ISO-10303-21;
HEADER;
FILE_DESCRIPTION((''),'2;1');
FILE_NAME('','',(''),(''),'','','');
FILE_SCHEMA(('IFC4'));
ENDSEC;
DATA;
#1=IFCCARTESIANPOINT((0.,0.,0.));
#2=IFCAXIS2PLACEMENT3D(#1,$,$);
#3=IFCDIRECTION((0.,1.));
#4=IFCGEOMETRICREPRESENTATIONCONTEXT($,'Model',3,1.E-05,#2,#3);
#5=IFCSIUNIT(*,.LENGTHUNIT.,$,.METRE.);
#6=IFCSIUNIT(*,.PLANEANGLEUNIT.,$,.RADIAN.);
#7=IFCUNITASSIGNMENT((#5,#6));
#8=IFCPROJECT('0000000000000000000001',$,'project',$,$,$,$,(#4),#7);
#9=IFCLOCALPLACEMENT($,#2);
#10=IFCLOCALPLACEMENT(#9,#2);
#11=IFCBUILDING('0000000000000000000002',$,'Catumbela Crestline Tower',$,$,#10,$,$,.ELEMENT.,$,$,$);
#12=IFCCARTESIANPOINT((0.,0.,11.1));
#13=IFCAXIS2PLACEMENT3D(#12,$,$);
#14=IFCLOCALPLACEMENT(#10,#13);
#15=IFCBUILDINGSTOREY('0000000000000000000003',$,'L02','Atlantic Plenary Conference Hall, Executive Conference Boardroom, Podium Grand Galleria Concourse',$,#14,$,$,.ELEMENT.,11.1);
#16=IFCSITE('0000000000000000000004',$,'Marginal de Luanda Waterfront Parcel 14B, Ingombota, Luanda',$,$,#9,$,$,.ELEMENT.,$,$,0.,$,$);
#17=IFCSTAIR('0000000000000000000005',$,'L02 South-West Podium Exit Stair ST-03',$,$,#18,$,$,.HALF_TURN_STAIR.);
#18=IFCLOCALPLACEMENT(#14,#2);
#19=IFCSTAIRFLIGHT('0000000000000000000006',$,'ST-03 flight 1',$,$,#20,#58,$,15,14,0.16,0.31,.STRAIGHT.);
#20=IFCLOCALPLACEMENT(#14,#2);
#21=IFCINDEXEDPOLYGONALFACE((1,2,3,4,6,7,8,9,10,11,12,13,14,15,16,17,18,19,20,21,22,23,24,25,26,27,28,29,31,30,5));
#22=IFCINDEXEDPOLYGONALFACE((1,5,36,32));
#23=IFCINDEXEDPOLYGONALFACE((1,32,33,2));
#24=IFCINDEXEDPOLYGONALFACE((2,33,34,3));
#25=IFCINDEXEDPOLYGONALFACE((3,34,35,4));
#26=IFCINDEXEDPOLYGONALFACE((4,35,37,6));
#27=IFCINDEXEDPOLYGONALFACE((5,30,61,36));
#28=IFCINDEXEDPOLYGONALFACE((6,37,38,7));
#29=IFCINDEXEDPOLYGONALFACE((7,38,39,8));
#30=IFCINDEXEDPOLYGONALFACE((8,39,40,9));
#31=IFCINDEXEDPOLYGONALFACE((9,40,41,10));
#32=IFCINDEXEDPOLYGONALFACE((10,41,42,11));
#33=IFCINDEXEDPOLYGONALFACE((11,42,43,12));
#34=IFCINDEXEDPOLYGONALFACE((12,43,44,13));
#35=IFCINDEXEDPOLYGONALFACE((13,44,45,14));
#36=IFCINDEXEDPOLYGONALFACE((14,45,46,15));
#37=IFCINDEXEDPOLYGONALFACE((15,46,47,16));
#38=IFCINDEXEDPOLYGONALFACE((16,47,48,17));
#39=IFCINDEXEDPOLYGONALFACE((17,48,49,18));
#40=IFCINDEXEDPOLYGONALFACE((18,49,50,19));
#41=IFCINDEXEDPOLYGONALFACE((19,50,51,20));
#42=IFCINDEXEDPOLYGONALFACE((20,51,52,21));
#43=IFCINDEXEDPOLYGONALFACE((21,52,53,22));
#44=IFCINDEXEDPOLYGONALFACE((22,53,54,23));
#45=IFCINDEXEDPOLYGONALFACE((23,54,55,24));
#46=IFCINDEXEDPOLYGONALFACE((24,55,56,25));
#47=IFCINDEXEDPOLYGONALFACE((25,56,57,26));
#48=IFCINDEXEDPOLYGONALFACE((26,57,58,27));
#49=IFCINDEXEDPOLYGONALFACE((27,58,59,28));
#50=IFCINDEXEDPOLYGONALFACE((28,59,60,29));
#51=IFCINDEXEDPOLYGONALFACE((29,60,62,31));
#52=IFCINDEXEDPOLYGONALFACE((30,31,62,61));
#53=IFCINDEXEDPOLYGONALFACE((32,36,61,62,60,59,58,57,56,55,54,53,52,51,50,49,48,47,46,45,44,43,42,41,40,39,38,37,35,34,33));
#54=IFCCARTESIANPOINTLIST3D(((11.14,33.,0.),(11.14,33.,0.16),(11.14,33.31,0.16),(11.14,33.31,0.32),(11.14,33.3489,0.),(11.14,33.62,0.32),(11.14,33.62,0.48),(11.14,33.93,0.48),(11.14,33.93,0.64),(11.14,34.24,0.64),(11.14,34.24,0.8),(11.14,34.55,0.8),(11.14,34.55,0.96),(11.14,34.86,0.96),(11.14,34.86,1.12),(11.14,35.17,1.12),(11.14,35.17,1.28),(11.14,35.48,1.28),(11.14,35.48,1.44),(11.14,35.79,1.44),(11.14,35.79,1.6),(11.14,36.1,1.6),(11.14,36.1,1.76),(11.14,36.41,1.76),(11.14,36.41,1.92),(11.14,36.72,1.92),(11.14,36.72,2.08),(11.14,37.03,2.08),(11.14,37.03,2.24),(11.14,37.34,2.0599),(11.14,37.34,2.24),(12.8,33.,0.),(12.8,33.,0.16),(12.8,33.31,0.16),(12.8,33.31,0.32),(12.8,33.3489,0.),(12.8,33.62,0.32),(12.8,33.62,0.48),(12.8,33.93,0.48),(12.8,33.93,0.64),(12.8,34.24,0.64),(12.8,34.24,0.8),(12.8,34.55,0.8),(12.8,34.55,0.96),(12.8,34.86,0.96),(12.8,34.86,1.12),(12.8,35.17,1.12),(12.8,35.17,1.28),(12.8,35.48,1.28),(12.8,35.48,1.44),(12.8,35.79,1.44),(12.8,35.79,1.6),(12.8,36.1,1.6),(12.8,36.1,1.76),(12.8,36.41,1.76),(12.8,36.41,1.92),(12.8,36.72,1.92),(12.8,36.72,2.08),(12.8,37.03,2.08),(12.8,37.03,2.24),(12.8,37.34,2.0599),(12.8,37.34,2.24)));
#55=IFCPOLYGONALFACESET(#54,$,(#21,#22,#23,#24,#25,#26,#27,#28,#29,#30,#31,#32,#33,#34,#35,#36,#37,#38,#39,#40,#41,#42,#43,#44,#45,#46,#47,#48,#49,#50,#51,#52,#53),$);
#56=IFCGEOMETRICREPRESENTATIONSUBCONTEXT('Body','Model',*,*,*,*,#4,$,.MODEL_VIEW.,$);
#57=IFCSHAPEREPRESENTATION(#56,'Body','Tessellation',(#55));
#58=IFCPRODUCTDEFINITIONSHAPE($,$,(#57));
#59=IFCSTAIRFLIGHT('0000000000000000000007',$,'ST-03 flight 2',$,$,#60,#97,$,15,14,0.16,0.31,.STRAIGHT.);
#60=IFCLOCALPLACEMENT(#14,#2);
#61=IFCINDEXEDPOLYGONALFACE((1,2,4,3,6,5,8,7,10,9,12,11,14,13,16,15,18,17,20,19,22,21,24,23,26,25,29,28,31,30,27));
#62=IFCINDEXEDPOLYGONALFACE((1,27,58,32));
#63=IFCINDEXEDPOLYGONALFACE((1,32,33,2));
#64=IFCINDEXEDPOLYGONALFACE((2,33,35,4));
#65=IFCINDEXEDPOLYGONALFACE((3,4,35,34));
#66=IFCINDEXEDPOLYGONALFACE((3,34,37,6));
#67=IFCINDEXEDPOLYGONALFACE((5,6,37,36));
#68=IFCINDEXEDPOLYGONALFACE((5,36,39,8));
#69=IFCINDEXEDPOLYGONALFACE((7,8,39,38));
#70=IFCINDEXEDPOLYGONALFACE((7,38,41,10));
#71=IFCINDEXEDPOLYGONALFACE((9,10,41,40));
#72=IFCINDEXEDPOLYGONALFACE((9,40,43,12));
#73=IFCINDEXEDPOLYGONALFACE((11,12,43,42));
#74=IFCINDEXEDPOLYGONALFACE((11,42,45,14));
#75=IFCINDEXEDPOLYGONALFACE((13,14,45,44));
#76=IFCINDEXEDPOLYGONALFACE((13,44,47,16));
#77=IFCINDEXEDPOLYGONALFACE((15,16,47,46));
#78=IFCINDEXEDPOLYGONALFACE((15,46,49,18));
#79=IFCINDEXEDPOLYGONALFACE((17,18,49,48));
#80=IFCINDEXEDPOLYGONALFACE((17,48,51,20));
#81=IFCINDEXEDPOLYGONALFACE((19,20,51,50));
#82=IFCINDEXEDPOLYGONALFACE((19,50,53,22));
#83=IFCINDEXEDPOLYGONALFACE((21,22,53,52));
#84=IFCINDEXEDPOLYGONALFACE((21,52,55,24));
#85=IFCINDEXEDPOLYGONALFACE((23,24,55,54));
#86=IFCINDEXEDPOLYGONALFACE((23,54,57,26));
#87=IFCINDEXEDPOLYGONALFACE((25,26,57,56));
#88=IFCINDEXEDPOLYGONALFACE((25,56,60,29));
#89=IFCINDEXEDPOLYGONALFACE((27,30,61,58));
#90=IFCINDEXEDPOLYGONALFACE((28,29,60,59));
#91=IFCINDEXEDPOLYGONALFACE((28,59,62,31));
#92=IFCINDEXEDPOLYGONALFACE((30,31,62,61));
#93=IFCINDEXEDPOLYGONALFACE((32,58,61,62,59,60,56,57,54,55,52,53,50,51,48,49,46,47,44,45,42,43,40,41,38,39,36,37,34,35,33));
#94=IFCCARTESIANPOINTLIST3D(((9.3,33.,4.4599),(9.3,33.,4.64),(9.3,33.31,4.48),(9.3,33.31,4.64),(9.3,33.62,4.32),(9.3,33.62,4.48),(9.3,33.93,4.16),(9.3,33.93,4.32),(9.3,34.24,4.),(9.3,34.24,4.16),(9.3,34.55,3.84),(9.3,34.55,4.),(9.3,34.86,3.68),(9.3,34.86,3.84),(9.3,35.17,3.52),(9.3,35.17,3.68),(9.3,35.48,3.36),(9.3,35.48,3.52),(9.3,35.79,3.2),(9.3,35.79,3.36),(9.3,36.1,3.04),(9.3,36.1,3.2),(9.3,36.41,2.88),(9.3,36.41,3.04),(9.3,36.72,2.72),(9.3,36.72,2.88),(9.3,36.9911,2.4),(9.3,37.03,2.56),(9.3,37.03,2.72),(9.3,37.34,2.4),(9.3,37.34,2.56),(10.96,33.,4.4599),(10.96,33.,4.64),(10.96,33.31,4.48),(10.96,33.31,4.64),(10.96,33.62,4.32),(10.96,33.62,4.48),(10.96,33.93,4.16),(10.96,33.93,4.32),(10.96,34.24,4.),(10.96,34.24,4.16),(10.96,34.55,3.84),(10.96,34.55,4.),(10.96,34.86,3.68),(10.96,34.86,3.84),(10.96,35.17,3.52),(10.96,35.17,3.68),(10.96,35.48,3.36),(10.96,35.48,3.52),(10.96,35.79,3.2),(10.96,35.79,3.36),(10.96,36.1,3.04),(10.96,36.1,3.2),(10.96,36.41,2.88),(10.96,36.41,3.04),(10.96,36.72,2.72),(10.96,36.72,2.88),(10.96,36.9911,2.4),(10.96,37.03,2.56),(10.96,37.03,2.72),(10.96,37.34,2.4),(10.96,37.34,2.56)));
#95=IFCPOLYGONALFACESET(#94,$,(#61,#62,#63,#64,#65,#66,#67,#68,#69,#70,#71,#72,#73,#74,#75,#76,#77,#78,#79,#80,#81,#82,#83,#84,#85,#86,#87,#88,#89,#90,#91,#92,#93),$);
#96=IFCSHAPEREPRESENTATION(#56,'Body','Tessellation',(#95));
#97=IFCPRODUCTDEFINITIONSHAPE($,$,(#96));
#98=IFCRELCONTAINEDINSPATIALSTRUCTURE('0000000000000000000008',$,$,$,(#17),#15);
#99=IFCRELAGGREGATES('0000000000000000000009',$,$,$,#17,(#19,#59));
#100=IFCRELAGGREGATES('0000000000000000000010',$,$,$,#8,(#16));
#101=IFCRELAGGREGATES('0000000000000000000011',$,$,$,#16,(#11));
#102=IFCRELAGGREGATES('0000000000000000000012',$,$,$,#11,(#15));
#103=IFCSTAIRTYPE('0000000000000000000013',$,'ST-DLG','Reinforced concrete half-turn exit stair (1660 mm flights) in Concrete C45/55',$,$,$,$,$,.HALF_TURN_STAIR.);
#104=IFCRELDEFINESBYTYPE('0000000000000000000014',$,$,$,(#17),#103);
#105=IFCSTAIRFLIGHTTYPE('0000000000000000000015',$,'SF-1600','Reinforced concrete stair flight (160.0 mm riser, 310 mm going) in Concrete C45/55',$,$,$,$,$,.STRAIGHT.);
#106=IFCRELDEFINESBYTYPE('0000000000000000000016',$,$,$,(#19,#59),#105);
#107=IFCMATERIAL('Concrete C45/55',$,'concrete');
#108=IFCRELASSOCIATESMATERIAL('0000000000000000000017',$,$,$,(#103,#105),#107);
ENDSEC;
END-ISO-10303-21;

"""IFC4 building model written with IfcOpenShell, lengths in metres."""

from ifc_helpers import new_model, si_unit, direction, frame, origin, place, context, subcontext, project, spatial, polyline, outline, extrude, material, type_object, element, aggregate, save


model = new_model("IFC4")

# Units and contexts
model_context = context("Model", 3, precision=1e-05, world=origin(), true_north=direction((0.0, 1.0)))
body_context = subcontext(model_context, "Body", "Model", "MODEL_VIEW")
ifc_project = project(units=[si_unit("LENGTHUNIT", "METRE"), si_unit("PLANEANGLEUNIT", "RADIAN")], contexts=[model_context])

# Site, building, storey
site_placement = place(None, origin())
site = spatial("IfcSite", under=ifc_project, at=site_placement, Name="Marginal de Luanda Waterfront Parcel 14B, Ingombota, Luanda", CompositionType="ELEMENT", RefElevation=0.0)
building_placement = place(site_placement, origin())
building = spatial("IfcBuilding", under=site, at=building_placement, Name="Catumbela Crestline Tower", CompositionType="ELEMENT")
storey_placement = place(building_placement, frame((0.0, 0.0, 11.1)))
storey = spatial("IfcBuildingStorey", under=building, at=storey_placement, Name="L02", Description="Atlantic Plenary Conference Hall, Executive Conference Boardroom, Podium Grand Galleria Concourse", CompositionType="ELEMENT", Elevation=11.1)

# Shared definitions
ifc_material_1 = material(Name="Concrete C45/55", Category="concrete")
stair_type = type_object("IfcStairType", Name="ST-DLG", Description="Reinforced concrete half-turn exit stair (1660 mm flights) in Concrete C45/55", PredefinedType="HALF_TURN_STAIR", material=ifc_material_1)
stair_flight_type = type_object("IfcStairFlightType", Name="SF-1600", Description="Reinforced concrete stair flight (160.0 mm riser, 310 mm going) in Concrete C45/55", PredefinedType="STRAIGHT", material=ifc_material_1)

# Stair, stair flights
stair_1_placement = place(storey_placement, origin())
stair_1 = element("IfcStair", 1, at=stair_1_placement, inside=storey, type_object=stair_type, Name="L02 South-West Podium Exit Stair ST-03", PredefinedType="HALF_TURN_STAIR")
stair_flight_1_placement = place(storey_placement, frame((11.97, 33.0, 0.0), z_axis=(0.0, 0.0, 1.0), x_axis=(0.0, 1.0, 0.0)))
stair_flight_1 = element("IfcStairFlight", 2, at=stair_flight_1_placement, type_object=stair_flight_type, Name="ST-03 flight 1", NumberOfRisers=15, NumberOfTreads=14, PredefinedType="STRAIGHT", RiserHeight=0.16, TreadLength=0.31, context=body_context, shape_type="SweptSolid", body=[
    extrude(outline(polyline([(0.0, 0.0), (0.0, 0.16), (0.31, 0.16), (0.31, 0.32), (0.62, 0.32), (0.62, 0.48), (0.93, 0.48), (0.93, 0.64), (1.24, 0.64), (1.24, 0.8), (1.55, 0.8), (1.55, 0.96), (1.86, 0.96), (1.86, 1.12), (2.17, 1.12), (2.17, 1.28), (2.48, 1.28), (2.48, 1.44), (2.79, 1.44), (2.79, 1.6), (3.1, 1.6), (3.1, 1.76), (3.41, 1.76), (3.41, 1.92), (3.72, 1.92), (3.72, 2.08), (4.03, 2.08), (4.03, 2.24), (4.34, 2.24), (4.34, 2.4), (4.34, 2.0599), (0.3489, 0.0), (0.0, 0.0)])), frame((0.0, 0.83, 0.0), z_axis=(0.0, -1.0, 0.0), x_axis=(1.0, 0.0, 0.0)), (0.0, 0.0, 1.0), 1.66),
])
stair_flight_2_placement = place(storey_placement, frame((10.13, 37.34, 2.4), z_axis=(0.0, 0.0, 1.0), x_axis=(0.0, -1.0, 0.0)))
stair_flight_2 = element("IfcStairFlight", 3, at=stair_flight_2_placement, type_object=stair_flight_type, Name="ST-03 flight 2", NumberOfRisers=15, NumberOfTreads=14, PredefinedType="STRAIGHT", RiserHeight=0.16, TreadLength=0.31, context=body_context, shape_type="SweptSolid", body=[
    extrude(outline(polyline([(0.0, 0.0), (0.0, 0.16), (0.31, 0.16), (0.31, 0.32), (0.62, 0.32), (0.62, 0.48), (0.93, 0.48), (0.93, 0.64), (1.24, 0.64), (1.24, 0.8), (1.55, 0.8), (1.55, 0.96), (1.86, 0.96), (1.86, 1.12), (2.17, 1.12), (2.17, 1.28), (2.48, 1.28), (2.48, 1.44), (2.79, 1.44), (2.79, 1.6), (3.1, 1.6), (3.1, 1.76), (3.41, 1.76), (3.41, 1.92), (3.72, 1.92), (3.72, 2.08), (4.03, 2.08), (4.03, 2.24), (4.34, 2.24), (4.34, 2.4), (4.34, 2.0599), (0.3489, 0.0), (0.0, 0.0)])), frame((0.0, 0.83, 0.0), z_axis=(0.0, -1.0, 0.0), x_axis=(1.0, 0.0, 0.0)), (0.0, 0.0, 1.0), 1.66),
])
aggregate(stair_1, [stair_flight_1, stair_flight_2])

save(model, "model.ifc")
